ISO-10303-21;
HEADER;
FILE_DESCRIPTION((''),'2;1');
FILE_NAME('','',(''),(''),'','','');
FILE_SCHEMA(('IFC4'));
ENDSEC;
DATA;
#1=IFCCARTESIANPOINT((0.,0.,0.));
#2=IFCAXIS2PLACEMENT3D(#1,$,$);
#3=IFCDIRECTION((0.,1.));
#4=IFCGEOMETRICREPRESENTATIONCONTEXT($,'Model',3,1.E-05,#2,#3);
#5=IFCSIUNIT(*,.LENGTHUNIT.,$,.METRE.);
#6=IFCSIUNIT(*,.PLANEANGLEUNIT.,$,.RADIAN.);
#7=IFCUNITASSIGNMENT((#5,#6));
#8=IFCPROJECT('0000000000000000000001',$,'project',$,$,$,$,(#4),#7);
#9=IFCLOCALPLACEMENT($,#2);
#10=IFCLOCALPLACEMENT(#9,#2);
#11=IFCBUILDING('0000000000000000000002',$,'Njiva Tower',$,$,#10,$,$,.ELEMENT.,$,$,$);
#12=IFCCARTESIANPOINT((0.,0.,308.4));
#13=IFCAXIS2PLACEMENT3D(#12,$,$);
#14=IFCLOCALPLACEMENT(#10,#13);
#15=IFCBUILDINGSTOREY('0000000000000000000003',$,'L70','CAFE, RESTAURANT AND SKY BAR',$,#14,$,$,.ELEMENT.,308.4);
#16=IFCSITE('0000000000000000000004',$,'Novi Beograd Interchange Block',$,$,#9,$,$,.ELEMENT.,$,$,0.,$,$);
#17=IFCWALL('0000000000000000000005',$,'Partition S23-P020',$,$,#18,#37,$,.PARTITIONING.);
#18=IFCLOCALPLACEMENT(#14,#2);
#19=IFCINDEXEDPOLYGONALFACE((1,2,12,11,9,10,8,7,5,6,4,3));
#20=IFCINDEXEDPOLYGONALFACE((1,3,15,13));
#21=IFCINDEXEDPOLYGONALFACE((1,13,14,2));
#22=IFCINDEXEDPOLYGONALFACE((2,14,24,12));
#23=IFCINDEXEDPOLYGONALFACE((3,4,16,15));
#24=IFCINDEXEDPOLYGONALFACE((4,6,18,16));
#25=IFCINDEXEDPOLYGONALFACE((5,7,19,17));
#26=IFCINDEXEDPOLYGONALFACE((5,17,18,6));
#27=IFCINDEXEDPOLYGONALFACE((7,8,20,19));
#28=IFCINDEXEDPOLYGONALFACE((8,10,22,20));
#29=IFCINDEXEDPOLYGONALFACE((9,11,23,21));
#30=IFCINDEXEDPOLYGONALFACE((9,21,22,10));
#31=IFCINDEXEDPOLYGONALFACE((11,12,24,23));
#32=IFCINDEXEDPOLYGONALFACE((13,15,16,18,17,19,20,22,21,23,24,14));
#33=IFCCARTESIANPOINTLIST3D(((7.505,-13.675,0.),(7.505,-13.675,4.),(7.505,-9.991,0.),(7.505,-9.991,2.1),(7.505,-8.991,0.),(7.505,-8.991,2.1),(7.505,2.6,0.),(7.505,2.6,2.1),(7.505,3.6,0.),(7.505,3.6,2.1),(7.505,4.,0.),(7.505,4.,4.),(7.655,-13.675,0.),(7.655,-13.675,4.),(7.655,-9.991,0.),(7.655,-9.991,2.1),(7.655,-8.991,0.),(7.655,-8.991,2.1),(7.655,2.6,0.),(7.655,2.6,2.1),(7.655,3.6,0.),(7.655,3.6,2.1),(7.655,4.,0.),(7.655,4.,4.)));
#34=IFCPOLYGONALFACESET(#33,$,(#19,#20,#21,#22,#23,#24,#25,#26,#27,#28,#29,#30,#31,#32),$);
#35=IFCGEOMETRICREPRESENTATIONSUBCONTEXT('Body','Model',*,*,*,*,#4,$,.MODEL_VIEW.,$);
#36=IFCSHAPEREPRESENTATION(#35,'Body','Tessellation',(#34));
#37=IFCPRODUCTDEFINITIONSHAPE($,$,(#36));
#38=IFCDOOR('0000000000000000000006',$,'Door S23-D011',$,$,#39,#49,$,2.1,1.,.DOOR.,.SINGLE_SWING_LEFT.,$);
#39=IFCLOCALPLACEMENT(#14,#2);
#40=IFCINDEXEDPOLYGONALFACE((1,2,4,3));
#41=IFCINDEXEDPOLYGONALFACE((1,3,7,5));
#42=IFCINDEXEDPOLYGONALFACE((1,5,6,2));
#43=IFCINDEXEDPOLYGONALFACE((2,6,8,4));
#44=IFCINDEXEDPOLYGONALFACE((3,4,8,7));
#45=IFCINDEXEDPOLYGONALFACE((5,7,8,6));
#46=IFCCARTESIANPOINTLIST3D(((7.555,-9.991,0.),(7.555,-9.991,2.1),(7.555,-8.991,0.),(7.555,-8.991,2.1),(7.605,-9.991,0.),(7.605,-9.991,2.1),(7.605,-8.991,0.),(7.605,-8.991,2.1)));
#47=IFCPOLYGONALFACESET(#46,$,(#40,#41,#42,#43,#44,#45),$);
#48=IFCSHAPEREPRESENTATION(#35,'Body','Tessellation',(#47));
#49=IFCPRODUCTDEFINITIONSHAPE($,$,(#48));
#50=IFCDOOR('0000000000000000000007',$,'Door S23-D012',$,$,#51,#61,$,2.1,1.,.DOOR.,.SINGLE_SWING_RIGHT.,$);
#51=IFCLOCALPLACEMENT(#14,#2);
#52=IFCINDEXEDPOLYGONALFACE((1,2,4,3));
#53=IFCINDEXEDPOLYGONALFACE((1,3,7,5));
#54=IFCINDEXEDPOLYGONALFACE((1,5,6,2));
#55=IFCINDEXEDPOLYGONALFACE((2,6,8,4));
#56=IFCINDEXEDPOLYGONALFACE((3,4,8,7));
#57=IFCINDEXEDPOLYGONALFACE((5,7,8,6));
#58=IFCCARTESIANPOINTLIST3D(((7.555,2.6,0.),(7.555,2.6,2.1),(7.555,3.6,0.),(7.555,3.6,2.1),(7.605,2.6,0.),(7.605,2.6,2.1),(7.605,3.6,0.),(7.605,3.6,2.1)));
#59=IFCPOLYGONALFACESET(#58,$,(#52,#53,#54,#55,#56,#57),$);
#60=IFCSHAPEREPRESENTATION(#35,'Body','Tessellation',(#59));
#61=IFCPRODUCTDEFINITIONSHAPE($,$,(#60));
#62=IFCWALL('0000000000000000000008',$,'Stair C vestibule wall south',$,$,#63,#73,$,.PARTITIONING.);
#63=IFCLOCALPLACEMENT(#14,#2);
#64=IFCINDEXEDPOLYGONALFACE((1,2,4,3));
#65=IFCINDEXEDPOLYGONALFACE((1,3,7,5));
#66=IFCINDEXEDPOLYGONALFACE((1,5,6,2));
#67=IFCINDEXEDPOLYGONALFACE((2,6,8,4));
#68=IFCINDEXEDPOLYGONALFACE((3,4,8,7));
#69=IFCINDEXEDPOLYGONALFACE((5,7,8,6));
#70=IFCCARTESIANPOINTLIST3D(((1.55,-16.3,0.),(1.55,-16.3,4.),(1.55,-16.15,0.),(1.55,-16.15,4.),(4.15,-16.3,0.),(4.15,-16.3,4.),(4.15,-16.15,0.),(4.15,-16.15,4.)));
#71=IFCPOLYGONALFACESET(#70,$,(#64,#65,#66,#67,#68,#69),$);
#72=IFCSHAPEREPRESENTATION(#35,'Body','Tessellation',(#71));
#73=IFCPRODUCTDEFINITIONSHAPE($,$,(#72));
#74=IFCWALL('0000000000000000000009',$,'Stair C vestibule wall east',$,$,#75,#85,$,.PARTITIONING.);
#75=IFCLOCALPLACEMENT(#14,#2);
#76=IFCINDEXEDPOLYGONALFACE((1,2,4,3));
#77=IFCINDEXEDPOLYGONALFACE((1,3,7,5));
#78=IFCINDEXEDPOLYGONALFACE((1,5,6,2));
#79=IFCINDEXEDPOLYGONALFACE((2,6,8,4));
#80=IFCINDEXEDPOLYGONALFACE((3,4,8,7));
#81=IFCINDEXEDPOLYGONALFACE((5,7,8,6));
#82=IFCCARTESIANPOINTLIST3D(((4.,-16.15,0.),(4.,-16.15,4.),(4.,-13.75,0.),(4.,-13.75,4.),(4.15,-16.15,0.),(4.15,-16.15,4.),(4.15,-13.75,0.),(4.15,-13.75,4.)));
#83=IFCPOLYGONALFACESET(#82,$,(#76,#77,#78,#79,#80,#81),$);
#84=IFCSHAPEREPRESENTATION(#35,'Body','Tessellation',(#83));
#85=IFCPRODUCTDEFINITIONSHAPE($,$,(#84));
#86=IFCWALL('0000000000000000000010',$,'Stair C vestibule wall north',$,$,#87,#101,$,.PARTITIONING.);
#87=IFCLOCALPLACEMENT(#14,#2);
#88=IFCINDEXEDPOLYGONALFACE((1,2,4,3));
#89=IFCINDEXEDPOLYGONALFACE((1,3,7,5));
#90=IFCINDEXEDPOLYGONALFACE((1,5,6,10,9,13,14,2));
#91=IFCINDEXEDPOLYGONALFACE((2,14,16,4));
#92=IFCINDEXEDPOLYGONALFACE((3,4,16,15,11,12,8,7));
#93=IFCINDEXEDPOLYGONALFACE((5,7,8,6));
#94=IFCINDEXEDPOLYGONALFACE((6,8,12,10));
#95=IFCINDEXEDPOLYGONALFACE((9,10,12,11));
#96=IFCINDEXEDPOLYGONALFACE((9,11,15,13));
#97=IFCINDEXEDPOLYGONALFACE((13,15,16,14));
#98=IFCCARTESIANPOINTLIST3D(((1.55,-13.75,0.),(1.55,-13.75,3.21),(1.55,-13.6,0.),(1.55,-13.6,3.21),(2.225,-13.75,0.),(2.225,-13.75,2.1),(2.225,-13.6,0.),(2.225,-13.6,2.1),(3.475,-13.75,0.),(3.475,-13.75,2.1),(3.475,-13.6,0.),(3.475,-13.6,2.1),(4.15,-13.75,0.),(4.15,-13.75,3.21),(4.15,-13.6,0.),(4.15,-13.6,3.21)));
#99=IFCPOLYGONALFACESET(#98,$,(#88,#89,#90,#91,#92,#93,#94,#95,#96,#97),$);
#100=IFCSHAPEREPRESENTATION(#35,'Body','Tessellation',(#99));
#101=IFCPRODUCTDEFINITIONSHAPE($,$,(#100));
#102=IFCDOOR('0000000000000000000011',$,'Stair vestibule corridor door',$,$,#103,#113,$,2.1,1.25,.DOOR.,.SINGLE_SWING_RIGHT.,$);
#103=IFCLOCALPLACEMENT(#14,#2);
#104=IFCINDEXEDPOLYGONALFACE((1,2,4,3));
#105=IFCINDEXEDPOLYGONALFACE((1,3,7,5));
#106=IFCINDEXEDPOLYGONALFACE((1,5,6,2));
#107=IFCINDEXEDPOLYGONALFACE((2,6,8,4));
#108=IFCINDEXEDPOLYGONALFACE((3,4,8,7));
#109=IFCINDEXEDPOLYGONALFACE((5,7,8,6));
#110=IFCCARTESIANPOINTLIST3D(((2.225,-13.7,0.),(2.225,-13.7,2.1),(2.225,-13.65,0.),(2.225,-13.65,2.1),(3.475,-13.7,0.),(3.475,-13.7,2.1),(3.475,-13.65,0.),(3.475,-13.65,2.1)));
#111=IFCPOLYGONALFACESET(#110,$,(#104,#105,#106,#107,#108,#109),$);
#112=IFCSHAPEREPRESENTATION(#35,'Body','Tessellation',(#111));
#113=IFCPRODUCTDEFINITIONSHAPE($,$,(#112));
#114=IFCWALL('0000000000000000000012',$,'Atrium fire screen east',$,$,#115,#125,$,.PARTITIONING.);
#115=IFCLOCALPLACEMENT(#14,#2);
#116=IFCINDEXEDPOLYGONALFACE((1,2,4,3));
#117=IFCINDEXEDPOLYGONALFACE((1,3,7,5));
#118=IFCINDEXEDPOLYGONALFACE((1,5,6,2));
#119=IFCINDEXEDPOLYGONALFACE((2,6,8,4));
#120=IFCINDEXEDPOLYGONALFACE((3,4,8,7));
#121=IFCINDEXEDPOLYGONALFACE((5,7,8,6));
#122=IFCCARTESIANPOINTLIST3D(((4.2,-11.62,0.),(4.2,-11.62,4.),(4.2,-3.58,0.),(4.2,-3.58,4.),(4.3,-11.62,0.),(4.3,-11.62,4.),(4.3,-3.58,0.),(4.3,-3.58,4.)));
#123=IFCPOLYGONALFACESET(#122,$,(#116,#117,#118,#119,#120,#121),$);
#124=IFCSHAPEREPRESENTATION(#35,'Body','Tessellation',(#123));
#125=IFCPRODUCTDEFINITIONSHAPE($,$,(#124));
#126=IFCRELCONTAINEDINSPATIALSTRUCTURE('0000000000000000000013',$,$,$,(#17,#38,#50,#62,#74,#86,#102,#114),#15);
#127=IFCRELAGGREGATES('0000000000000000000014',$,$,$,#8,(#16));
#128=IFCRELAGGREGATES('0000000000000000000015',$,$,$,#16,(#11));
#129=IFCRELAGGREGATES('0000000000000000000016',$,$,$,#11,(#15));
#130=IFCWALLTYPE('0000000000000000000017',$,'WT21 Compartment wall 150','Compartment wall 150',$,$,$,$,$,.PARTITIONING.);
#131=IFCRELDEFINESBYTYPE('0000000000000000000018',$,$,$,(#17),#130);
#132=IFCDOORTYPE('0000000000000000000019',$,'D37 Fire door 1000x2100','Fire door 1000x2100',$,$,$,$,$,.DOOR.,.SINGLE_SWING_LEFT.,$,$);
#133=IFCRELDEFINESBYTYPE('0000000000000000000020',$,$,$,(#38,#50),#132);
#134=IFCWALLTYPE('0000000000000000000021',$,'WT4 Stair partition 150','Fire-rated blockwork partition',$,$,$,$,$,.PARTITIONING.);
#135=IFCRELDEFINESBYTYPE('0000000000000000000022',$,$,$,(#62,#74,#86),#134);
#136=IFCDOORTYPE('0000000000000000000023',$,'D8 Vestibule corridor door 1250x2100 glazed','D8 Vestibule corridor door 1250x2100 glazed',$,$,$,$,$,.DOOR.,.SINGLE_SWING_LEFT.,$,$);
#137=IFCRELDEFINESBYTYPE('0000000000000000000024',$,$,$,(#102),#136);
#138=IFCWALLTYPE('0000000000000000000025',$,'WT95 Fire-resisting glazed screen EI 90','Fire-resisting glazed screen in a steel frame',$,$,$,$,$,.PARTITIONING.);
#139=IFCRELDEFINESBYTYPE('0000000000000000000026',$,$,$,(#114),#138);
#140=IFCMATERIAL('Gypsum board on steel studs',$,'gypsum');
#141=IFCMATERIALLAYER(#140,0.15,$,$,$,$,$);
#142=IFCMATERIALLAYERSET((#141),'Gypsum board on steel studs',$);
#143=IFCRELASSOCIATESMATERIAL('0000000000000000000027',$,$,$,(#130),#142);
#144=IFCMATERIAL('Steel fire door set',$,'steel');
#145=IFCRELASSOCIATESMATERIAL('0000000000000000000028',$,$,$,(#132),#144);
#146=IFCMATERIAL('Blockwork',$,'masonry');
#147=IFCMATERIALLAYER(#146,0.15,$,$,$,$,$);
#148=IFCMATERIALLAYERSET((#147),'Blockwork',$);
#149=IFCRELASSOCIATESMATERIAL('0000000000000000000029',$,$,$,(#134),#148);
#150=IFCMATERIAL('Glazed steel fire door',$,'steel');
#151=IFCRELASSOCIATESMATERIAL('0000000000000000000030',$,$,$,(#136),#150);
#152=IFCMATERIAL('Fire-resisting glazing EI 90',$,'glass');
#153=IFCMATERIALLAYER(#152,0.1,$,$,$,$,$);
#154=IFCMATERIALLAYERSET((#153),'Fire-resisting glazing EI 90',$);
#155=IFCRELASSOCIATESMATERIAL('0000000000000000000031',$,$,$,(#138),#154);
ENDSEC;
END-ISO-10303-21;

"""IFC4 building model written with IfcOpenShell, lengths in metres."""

from ifc_helpers import new_model, si_unit, direction, frame, frame_2d, origin, place, context, subcontext, project, spatial, rectangle, extrude, material, layer, layer_set, type_object, element, fill, save


model = new_model("IFC4")

# Units and contexts
model_context = context("Model", 3, precision=1e-05, world=origin(), true_north=direction((0.0, 1.0)))
body_context = subcontext(model_context, "Body", "Model", "MODEL_VIEW")
ifc_project = project(units=[si_unit("LENGTHUNIT", "METRE"), si_unit("PLANEANGLEUNIT", "RADIAN")], contexts=[model_context])

# Site, building, storey
site_placement = place(None, origin())
site = spatial("IfcSite", under=ifc_project, at=site_placement, Name="Novi Beograd Interchange Block", CompositionType="ELEMENT", RefElevation=0.0)
building_placement = place(site_placement, origin())
building = spatial("IfcBuilding", under=site, at=building_placement, Name="Njiva Tower", CompositionType="ELEMENT")
storey_placement = place(building_placement, frame((0.0, 0.0, 308.4)))
storey = spatial("IfcBuildingStorey", under=building, at=storey_placement, Name="L70", Description="CAFE, RESTAURANT AND SKY BAR", CompositionType="ELEMENT", Elevation=308.4)

# Shared definitions
ifc_material_1 = material(Name="Gypsum board on steel studs", Category="gypsum")
ifc_layer_1 = layer(ifc_material_1, 0.15)
ifc_layer_set_1 = layer_set([ifc_layer_1], Name="Gypsum board on steel studs")
wall_type_1 = type_object("IfcWallType", Name="WT21 Compartment wall 150", Description="Compartment wall 150", PredefinedType="PARTITIONING", material=ifc_layer_set_1)

# Wall, openings, doors
wall_1_placement = place(storey_placement, frame((7.58, -13.675, 0.0), z_axis=(0.0, 0.0, 1.0), x_axis=(0.0, 1.0, 0.0)))
wall_1 = element("IfcWall", 1, at=wall_1_placement, inside=storey, type_object=wall_type_1, Name="Partition S23-P020", PredefinedType="PARTITIONING", context=body_context, shape_type="SweptSolid", body=[
    extrude(rectangle(XDim=17.675, YDim=0.15, at=frame_2d((8.8375, 0.0))), origin(), (0.0, 0.0, 1.0), 4.0),
])
opening_1_placement = place(wall_1_placement, frame((3.684, 0.0, 0.0)))
opening_1 = element("IfcOpeningElement", 2, at=opening_1_placement, cuts=wall_1, PredefinedType="OPENING", context=body_context, shape_type="SweptSolid", body=[
    extrude(rectangle(XDim=1.0, YDim=2.1, at=frame_2d((0.5, 1.05))), frame((0.0, 0.085, 0.0), z_axis=(0.0, -1.0, 0.0), x_axis=(1.0, 0.0, 0.0)), (0.0, 0.0, 1.0), 0.17),
])
opening_2_placement = place(wall_1_placement, frame((16.275, 0.0, 0.0)))
opening_2 = element("IfcOpeningElement", 3, at=opening_2_placement, cuts=wall_1, PredefinedType="OPENING", context=body_context, shape_type="SweptSolid", body=[
    extrude(rectangle(XDim=1.0, YDim=2.1, at=frame_2d((0.5, 1.05))), frame((0.0, 0.085, 0.0), z_axis=(0.0, -1.0, 0.0), x_axis=(1.0, 0.0, 0.0)), (0.0, 0.0, 1.0), 0.17),
])
ifc_material_2 = material(Name="Steel fire door set", Category="steel")
door_type_1 = type_object("IfcDoorType", Name="D37 Fire door 1000x2100", Description="Fire door 1000x2100", OperationType="SINGLE_SWING_LEFT", PredefinedType="DOOR", material=ifc_material_2)
door_1_placement = place(opening_1_placement, origin())
door_1 = element("IfcDoor", 4, at=door_1_placement, inside=storey, type_object=door_type_1, Name="Door S23-D011", OperationType="SINGLE_SWING_LEFT", OverallHeight=2.1, OverallWidth=1.0, PredefinedType="DOOR", context=body_context, shape_type="SweptSolid", body=[
    extrude(rectangle(XDim=1.0, YDim=2.1, at=frame_2d((0.5, 1.05))), frame((0.0, 0.025, 0.0), z_axis=(0.0, -1.0, 0.0), x_axis=(1.0, 0.0, 0.0)), (0.0, 0.0, 1.0), 0.05),
])
fill(opening_1, door_1)
door_2_placement = place(opening_2_placement, origin())
door_2 = element("IfcDoor", 5, at=door_2_placement, inside=storey, type_object=door_type_1, Name="Door S23-D012", OperationType="SINGLE_SWING_RIGHT", OverallHeight=2.1, OverallWidth=1.0, PredefinedType="DOOR", context=body_context, shape_type="SweptSolid", body=[
    extrude(rectangle(XDim=1.0, YDim=2.1, at=frame_2d((0.5, 1.05))), frame((0.0, 0.025, 0.0), z_axis=(0.0, -1.0, 0.0), x_axis=(1.0, 0.0, 0.0)), (0.0, 0.0, 1.0), 0.05),
])
fill(opening_2, door_2)

# Walls
ifc_material_3 = material(Name="Blockwork", Category="masonry")
ifc_layer_2 = layer(ifc_material_3, 0.15)
ifc_layer_set_2 = layer_set([ifc_layer_2], Name="Blockwork")
wall_type_2 = type_object("IfcWallType", Name="WT4 Stair partition 150", Description="Fire-rated blockwork partition", PredefinedType="PARTITIONING", material=ifc_layer_set_2)
wall_2_placement = place(storey_placement, frame((1.55, -16.225, 0.0), z_axis=(0.0, 0.0, 1.0), x_axis=(1.0, 0.0, 0.0)))
element("IfcWall", 6, at=wall_2_placement, inside=storey, type_object=wall_type_2, Name="Stair C vestibule wall south", PredefinedType="PARTITIONING", context=body_context, shape_type="SweptSolid", body=[
    extrude(rectangle(XDim=2.6, YDim=0.15, at=frame_2d((1.3, 0.0))), origin(), (0.0, 0.0, 1.0), 4.0),
])
wall_3_placement = place(storey_placement, frame((4.075, -16.15, 0.0), z_axis=(0.0, 0.0, 1.0), x_axis=(0.0, 1.0, 0.0)))
element("IfcWall", 7, at=wall_3_placement, inside=storey, type_object=wall_type_2, Name="Stair C vestibule wall east", PredefinedType="PARTITIONING", context=body_context, shape_type="SweptSolid", body=[
    extrude(rectangle(XDim=2.4, YDim=0.15, at=frame_2d((1.2, 0.0))), origin(), (0.0, 0.0, 1.0), 4.0),
])

# Wall, opening, door
wall_4_placement = place(storey_placement, frame((1.55, -13.675, 0.0), z_axis=(0.0, 0.0, 1.0), x_axis=(1.0, 0.0, 0.0)))
wall_4 = element("IfcWall", 8, at=wall_4_placement, inside=storey, type_object=wall_type_2, Name="Stair C vestibule wall north", PredefinedType="PARTITIONING", context=body_context, shape_type="SweptSolid", body=[
    extrude(rectangle(XDim=2.6, YDim=0.15, at=frame_2d((1.3, 0.0))), origin(), (0.0, 0.0, 1.0), 3.21),
])
opening_3_placement = place(wall_4_placement, frame((0.675, 0.0, 0.0)))
opening_3 = element("IfcOpeningElement", 9, at=opening_3_placement, cuts=wall_4, PredefinedType="OPENING", context=body_context, shape_type="SweptSolid", body=[
    extrude(rectangle(XDim=1.25, YDim=2.1, at=frame_2d((0.625, 1.05))), frame((0.0, 0.085, 0.0), z_axis=(0.0, -1.0, 0.0), x_axis=(1.0, 0.0, 0.0)), (0.0, 0.0, 1.0), 0.17),
])
ifc_material_4 = material(Name="Glazed steel fire door", Category="steel")
door_type_2 = type_object("IfcDoorType", Name="D8 Vestibule corridor door 1250x2100 glazed", Description="D8 Vestibule corridor door 1250x2100 glazed", OperationType="SINGLE_SWING_LEFT", PredefinedType="DOOR", material=ifc_material_4)
door_3_placement = place(opening_3_placement, origin())
door_3 = element("IfcDoor", 10, at=door_3_placement, inside=storey, type_object=door_type_2, Name="Stair vestibule corridor door", OperationType="SINGLE_SWING_RIGHT", OverallHeight=2.1, OverallWidth=1.25, PredefinedType="DOOR", context=body_context, shape_type="SweptSolid", body=[
    extrude(rectangle(XDim=1.25, YDim=2.1, at=frame_2d((0.625, 1.05))), frame((0.0, 0.025, 0.0), z_axis=(0.0, -1.0, 0.0), x_axis=(1.0, 0.0, 0.0)), (0.0, 0.0, 1.0), 0.05),
])
fill(opening_3, door_3)

# Wall
ifc_material_5 = material(Name="Fire-resisting glazing EI 90", Category="glass")
ifc_layer_3 = layer(ifc_material_5, 0.1)
ifc_layer_set_3 = layer_set([ifc_layer_3], Name="Fire-resisting glazing EI 90")
wall_type_3 = type_object("IfcWallType", Name="WT95 Fire-resisting glazed screen EI 90", Description="Fire-resisting glazed screen in a steel frame", PredefinedType="PARTITIONING", material=ifc_layer_set_3)
wall_5_placement = place(storey_placement, frame((4.25, -11.62, 0.0), z_axis=(0.0, 0.0, 1.0), x_axis=(0.0, 1.0, 0.0)))
element("IfcWall", 11, at=wall_5_placement, inside=storey, type_object=wall_type_3, Name="Atrium fire screen east", PredefinedType="PARTITIONING", context=body_context, shape_type="SweptSolid", body=[
    extrude(rectangle(XDim=8.04, YDim=0.1, at=frame_2d((4.02, 0.0))), origin(), (0.0, 0.0, 1.0), 4.0),
])

save(model, "model.ifc")
